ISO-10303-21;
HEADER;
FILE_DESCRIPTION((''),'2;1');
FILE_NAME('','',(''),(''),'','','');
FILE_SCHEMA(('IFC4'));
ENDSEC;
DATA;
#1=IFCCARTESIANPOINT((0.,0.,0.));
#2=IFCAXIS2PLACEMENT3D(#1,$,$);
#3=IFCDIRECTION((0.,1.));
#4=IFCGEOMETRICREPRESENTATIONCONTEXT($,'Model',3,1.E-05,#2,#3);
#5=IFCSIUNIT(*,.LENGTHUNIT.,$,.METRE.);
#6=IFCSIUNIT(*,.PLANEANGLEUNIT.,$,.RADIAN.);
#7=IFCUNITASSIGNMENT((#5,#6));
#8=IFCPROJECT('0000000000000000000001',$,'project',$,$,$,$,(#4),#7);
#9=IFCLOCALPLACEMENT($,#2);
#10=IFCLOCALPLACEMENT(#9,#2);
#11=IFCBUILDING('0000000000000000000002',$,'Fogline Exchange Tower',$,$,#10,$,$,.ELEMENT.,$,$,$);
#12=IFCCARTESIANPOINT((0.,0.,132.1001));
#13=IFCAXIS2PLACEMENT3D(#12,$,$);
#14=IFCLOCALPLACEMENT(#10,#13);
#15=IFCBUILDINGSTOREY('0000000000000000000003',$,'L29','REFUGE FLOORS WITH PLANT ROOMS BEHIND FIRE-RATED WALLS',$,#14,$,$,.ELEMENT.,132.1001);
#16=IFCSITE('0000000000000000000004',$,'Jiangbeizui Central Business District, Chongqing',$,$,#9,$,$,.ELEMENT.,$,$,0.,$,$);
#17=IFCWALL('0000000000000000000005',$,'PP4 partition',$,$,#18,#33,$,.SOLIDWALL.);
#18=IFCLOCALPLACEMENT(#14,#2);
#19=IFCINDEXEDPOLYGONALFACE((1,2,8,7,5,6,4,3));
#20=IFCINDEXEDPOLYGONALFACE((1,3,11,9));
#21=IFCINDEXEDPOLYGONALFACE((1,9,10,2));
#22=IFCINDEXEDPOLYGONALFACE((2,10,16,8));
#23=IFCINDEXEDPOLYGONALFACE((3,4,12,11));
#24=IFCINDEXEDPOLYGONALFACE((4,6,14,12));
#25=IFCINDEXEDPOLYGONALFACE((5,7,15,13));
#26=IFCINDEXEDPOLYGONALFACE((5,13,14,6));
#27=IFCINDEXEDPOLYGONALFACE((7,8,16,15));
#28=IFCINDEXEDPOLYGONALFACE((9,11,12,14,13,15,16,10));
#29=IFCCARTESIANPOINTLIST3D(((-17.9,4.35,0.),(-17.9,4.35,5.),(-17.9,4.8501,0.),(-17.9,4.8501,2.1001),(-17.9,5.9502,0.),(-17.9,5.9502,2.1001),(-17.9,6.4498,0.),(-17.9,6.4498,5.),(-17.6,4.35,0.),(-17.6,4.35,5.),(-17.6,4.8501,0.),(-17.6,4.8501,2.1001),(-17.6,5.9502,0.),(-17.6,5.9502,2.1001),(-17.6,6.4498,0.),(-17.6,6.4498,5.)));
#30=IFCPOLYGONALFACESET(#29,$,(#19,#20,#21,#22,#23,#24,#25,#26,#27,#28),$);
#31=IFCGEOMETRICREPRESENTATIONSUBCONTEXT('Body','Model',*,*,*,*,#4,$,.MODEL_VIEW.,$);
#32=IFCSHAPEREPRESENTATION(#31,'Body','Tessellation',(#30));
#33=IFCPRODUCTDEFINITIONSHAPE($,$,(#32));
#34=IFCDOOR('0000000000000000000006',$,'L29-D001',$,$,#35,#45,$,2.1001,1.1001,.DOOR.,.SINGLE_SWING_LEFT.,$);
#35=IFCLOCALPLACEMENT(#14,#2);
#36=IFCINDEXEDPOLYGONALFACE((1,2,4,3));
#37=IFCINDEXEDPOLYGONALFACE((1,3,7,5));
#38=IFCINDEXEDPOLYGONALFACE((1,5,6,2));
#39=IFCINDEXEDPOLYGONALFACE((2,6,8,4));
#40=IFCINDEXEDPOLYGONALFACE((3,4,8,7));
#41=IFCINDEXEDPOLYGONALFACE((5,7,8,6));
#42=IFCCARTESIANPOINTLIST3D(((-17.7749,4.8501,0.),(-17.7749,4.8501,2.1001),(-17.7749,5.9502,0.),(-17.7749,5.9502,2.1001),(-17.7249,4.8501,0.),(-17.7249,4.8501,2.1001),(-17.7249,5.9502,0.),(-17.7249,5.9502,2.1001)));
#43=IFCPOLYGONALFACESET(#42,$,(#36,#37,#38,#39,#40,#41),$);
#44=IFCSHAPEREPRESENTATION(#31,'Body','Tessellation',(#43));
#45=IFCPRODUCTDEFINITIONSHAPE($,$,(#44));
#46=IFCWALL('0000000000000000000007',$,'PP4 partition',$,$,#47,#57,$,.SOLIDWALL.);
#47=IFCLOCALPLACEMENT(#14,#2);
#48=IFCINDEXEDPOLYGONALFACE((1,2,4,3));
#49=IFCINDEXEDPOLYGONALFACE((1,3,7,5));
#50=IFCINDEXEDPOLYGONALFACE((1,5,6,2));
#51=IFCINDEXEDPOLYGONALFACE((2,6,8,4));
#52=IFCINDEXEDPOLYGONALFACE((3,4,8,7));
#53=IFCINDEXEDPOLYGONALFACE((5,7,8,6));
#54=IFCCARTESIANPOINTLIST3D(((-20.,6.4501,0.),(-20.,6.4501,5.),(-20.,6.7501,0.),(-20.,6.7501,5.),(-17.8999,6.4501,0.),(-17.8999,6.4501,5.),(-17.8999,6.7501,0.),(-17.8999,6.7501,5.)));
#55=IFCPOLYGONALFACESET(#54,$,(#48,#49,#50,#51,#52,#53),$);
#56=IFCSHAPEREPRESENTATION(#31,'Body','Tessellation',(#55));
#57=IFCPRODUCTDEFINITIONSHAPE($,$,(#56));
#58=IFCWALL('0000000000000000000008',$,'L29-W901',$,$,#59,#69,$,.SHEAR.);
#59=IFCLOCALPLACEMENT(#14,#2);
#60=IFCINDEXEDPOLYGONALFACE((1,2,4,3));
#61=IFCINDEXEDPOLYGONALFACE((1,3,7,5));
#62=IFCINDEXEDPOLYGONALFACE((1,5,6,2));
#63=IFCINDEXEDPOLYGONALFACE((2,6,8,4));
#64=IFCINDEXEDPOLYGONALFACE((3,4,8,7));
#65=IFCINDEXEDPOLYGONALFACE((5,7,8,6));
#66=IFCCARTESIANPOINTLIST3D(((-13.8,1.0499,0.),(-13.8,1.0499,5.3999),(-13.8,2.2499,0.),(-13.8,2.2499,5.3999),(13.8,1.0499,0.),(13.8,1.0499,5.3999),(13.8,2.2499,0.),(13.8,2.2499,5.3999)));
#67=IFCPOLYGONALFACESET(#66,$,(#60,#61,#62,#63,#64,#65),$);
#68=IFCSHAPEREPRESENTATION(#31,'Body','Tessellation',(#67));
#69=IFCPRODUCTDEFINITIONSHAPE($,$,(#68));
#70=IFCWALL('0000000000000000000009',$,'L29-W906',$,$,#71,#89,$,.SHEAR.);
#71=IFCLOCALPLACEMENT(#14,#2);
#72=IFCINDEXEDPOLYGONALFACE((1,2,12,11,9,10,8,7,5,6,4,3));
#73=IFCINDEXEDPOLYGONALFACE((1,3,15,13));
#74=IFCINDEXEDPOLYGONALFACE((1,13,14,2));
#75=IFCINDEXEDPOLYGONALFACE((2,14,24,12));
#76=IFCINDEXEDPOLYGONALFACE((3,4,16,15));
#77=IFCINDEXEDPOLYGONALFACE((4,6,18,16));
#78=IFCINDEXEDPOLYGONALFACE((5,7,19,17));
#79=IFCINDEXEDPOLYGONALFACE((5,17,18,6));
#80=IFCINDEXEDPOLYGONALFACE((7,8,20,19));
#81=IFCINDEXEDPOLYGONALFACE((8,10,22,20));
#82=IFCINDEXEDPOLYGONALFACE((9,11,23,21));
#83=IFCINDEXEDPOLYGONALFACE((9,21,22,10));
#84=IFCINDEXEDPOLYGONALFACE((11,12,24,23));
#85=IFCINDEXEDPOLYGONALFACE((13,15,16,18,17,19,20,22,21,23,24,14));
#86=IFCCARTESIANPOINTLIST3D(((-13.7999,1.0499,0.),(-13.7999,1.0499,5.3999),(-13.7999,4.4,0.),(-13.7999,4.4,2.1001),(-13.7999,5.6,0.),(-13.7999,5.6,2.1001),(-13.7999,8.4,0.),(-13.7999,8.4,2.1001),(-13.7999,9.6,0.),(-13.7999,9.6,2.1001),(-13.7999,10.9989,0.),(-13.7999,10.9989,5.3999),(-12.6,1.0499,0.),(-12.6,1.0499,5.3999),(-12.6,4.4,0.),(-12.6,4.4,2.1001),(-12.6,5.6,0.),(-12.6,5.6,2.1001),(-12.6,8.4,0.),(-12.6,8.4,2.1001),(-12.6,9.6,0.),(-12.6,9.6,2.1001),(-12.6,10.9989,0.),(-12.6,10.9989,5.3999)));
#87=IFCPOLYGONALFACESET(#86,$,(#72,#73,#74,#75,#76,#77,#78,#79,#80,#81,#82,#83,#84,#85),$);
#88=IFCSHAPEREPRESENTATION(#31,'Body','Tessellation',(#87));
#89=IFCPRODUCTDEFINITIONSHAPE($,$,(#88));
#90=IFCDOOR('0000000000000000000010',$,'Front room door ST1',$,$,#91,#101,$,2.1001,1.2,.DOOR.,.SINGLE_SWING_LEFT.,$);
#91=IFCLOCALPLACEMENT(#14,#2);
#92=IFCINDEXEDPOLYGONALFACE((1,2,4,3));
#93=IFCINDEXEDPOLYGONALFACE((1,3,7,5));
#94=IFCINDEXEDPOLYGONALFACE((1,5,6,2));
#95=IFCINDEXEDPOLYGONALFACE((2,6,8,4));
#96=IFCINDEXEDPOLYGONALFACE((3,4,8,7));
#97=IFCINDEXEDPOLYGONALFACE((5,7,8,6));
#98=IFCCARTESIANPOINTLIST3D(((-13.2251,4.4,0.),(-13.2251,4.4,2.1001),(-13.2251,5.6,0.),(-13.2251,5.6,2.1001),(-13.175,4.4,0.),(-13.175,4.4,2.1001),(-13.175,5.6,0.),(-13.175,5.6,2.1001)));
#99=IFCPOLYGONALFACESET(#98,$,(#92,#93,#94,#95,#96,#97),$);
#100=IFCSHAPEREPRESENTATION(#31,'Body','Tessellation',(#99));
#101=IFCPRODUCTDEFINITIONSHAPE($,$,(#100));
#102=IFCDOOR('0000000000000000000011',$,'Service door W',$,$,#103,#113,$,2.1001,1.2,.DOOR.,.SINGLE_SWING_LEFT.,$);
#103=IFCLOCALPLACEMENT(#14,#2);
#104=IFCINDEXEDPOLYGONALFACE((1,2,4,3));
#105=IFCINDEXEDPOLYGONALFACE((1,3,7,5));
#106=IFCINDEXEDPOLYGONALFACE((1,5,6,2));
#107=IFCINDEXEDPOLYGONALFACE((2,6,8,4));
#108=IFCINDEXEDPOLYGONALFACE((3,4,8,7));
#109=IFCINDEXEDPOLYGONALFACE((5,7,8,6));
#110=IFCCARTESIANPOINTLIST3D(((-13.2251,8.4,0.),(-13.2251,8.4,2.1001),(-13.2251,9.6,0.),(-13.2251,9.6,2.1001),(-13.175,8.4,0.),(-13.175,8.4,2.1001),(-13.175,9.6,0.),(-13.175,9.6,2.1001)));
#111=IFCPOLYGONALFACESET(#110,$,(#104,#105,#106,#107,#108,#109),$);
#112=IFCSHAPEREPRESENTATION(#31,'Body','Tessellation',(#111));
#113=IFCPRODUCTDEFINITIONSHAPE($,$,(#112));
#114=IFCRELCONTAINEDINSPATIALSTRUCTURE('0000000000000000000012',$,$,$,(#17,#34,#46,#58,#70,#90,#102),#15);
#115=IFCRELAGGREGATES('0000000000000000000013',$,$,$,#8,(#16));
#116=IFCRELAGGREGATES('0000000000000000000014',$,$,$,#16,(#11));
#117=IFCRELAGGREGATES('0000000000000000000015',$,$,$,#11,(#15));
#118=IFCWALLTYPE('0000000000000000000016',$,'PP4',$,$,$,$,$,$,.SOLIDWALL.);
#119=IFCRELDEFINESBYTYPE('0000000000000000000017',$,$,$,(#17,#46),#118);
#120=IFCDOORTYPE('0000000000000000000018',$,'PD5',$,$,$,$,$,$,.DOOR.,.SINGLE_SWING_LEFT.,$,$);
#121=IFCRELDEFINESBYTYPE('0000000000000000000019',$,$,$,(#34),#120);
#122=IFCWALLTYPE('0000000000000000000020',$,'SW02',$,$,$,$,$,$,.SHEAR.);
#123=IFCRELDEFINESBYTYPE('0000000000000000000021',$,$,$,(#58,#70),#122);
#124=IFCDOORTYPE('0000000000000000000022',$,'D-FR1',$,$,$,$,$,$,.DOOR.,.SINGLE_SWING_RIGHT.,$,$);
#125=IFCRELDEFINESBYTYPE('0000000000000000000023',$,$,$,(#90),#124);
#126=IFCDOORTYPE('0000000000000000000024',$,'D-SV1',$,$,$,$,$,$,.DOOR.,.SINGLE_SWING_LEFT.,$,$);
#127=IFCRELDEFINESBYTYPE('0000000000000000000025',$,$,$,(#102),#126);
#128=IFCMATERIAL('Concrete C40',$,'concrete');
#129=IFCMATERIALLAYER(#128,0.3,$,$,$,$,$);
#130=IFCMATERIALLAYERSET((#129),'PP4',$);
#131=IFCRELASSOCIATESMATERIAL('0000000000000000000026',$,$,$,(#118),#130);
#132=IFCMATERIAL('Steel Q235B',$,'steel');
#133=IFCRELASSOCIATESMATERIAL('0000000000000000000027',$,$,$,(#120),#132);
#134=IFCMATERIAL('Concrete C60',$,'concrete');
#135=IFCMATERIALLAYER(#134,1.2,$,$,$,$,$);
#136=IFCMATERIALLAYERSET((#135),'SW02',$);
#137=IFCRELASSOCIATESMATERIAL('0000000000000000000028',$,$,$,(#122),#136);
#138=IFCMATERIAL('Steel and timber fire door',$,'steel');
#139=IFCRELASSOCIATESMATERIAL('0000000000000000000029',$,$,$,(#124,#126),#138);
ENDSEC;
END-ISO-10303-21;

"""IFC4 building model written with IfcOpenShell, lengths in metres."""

from ifc_helpers import new_model, si_unit, direction, frame, frame_2d, origin, place, context, subcontext, project, spatial, rectangle, extrude, material, layer, layer_set, type_object, element, fill, save


model = new_model("IFC4")

# Units and contexts
model_context = context("Model", 3, precision=1e-05, world=origin(), true_north=direction((0.0, 1.0)))
body_context = subcontext(model_context, "Body", "Model", "MODEL_VIEW")
ifc_project = project(units=[si_unit("LENGTHUNIT", "METRE"), si_unit("PLANEANGLEUNIT", "RADIAN")], contexts=[model_context])

# Site, building, storey
site_placement = place(None, origin())
site = spatial("IfcSite", under=ifc_project, at=site_placement, Name="Jiangbeizui Central Business District, Chongqing", CompositionType="ELEMENT", RefElevation=0.0)
building_placement = place(site_placement, origin())
building = spatial("IfcBuilding", under=site, at=building_placement, Name="Fogline Exchange Tower", CompositionType="ELEMENT")
storey_placement = place(building_placement, frame((0.0, 0.0, 132.1001)))
storey = spatial("IfcBuildingStorey", under=building, at=storey_placement, Name="L29", Description="REFUGE FLOORS WITH PLANT ROOMS BEHIND FIRE-RATED WALLS", CompositionType="ELEMENT", Elevation=132.1001)

# Shared definitions
ifc_material_1 = material(Name="Concrete C40", Category="concrete")

# Shared definitions
ifc_layer_1 = layer(ifc_material_1, 0.3)
ifc_layer_set_1 = layer_set([ifc_layer_1], Name="PP4")
wall_type_1 = type_object("IfcWallType", Name="PP4", PredefinedType="SOLIDWALL", material=ifc_layer_set_1)

# Shared definitions
ifc_material_2 = material(Name="Steel Q235B", Category="steel")

# Wall, opening, door
wall_1_placement = place(storey_placement, frame((-17.75, 4.3501, 0.0), z_axis=(0.0, 0.0, 1.0), x_axis=(0.0, 1.0, 0.0)))
wall_1 = element("IfcWall", 1, at=wall_1_placement, inside=storey, type_object=wall_type_1, Name="PP4 partition", PredefinedType="SOLIDWALL", context=body_context, shape_type="SweptSolid", body=[
    extrude(rectangle(XDim=2.0999, YDim=0.3, at=frame_2d((1.0498, 0.0))), origin(), (0.0, 0.0, 1.0), 5.0),
])
opening_1_placement = place(wall_1_placement, frame((0.5, 0.0, 0.0)))
opening_1 = element("IfcOpeningElement", 2, at=opening_1_placement, cuts=wall_1, PredefinedType="OPENING", context=body_context, shape_type="SweptSolid", body=[
    extrude(rectangle(XDim=1.1001, YDim=2.1001, at=frame_2d((0.55, 1.05))), frame((0.0, 0.1602, 0.0), z_axis=(0.0, -1.0, 0.0), x_axis=(1.0, 0.0, 0.0)), (0.0, 0.0, 1.0), 0.3201),
])
door_type_1 = type_object("IfcDoorType", Name="PD5", OperationType="SINGLE_SWING_LEFT", PredefinedType="DOOR", material=ifc_material_2)
door_1_placement = place(opening_1_placement, origin())
door_1 = element("IfcDoor", 3, at=door_1_placement, inside=storey, type_object=door_type_1, Name="L29-D001", OperationType="SINGLE_SWING_LEFT", OverallHeight=2.1001, OverallWidth=1.1001, PredefinedType="DOOR", context=body_context, shape_type="SweptSolid", body=[
    extrude(rectangle(XDim=1.1001, YDim=2.1001, at=frame_2d((0.55, 1.05))), frame((0.0, 0.0249, 0.0), z_axis=(0.0, -1.0, 0.0), x_axis=(1.0, 0.0, 0.0)), (0.0, 0.0, 1.0), 0.05),
])
fill(opening_1, door_1)

# Walls
wall_2_placement = place(storey_placement, frame((-20.0, 6.6001, 0.0), z_axis=(0.0, 0.0, 1.0), x_axis=(1.0, 0.0, 0.0)))
element("IfcWall", 4, at=wall_2_placement, inside=storey, type_object=wall_type_1, Name="PP4 partition", PredefinedType="SOLIDWALL", context=body_context, shape_type="SweptSolid", body=[
    extrude(rectangle(XDim=2.1001, YDim=0.3, at=frame_2d((1.05, 0.0))), origin(), (0.0, 0.0, 1.0), 5.0),
])
ifc_material_3 = material(Name="Concrete C60", Category="concrete")
ifc_layer_2 = layer(ifc_material_3, 1.2)
ifc_layer_set_2 = layer_set([ifc_layer_2], Name="SW02")
wall_type_2 = type_object("IfcWallType", Name="SW02", PredefinedType="SHEAR", material=ifc_layer_set_2)
wall_3_placement = place(storey_placement, frame((-13.8, 1.6499, 0.0), z_axis=(0.0, 0.0, 1.0), x_axis=(1.0, 0.0, 0.0)))
element("IfcWall", 5, at=wall_3_placement, inside=storey, type_object=wall_type_2, Name="L29-W901", PredefinedType="SHEAR", context=body_context, shape_type="SweptSolid", body=[
    extrude(rectangle(XDim=27.6001, YDim=1.2, at=frame_2d((13.8, 0.0))), origin(), (0.0, 0.0, 1.0), 5.3999),
])

# Wall, openings, doors
wall_4_placement = place(storey_placement, frame((-13.2, 10.999, 0.0), z_axis=(0.0, 0.0, 1.0), x_axis=(0.0, -1.0, 0.0)))
wall_4 = element("IfcWall", 6, at=wall_4_placement, inside=storey, type_object=wall_type_2, Name="L29-W906", PredefinedType="SHEAR", context=body_context, shape_type="SweptSolid", body=[
    extrude(rectangle(XDim=9.949, YDim=1.2, at=frame_2d((4.9746, 0.0))), origin(), (0.0, 0.0, 1.0), 5.3999),
])
opening_2_placement = place(wall_4_placement, frame((5.3989, 0.0, 0.0)))
opening_2 = element("IfcOpeningElement", 7, at=opening_2_placement, cuts=wall_4, PredefinedType="OPENING", context=body_context, shape_type="SweptSolid", body=[
    extrude(rectangle(XDim=1.2, YDim=2.1001, at=frame_2d((0.6001, 1.05))), frame((0.0, 0.6099, 0.0), z_axis=(0.0, -1.0, 0.0), x_axis=(1.0, 0.0, 0.0)), (0.0, 0.0, 1.0), 1.22),
])
opening_3_placement = place(wall_4_placement, frame((1.3989, 0.0, 0.0)))
opening_3 = element("IfcOpeningElement", 8, at=opening_3_placement, cuts=wall_4, PredefinedType="OPENING", context=body_context, shape_type="SweptSolid", body=[
    extrude(rectangle(XDim=1.2, YDim=2.1001, at=frame_2d((0.6001, 1.05))), frame((0.0, 0.6099, 0.0), z_axis=(0.0, -1.0, 0.0), x_axis=(1.0, 0.0, 0.0)), (0.0, 0.0, 1.0), 1.22),
])
ifc_material_4 = material(Name="Steel and timber fire door", Category="steel")
door_type_2 = type_object("IfcDoorType", Name="D-FR1", OperationType="SINGLE_SWING_RIGHT", PredefinedType="DOOR", material=ifc_material_4)
door_2_placement = place(opening_2_placement, origin())
door_2 = element("IfcDoor", 9, at=door_2_placement, inside=storey, type_object=door_type_2, Name="Front room door ST1", OperationType="SINGLE_SWING_LEFT", OverallHeight=2.1001, OverallWidth=1.2, PredefinedType="DOOR", context=body_context, shape_type="SweptSolid", body=[
    extrude(rectangle(XDim=1.2, YDim=2.1001, at=frame_2d((0.6001, 1.05))), frame((0.0, 0.0249, 0.0), z_axis=(0.0, -1.0, 0.0), x_axis=(1.0, 0.0, 0.0)), (0.0, 0.0, 1.0), 0.05),
])
fill(opening_2, door_2)
door_type_3 = type_object("IfcDoorType", Name="D-SV1", OperationType="SINGLE_SWING_LEFT", PredefinedType="DOOR", material=ifc_material_4)
door_3_placement = place(opening_3_placement, origin())
door_3 = element("IfcDoor", 10, at=door_3_placement, inside=storey, type_object=door_type_3, Name="Service door W", OperationType="SINGLE_SWING_LEFT", OverallHeight=2.1001, OverallWidth=1.2, PredefinedType="DOOR", context=body_context, shape_type="SweptSolid", body=[
    extrude(rectangle(XDim=1.2, YDim=2.1001, at=frame_2d((0.6001, 1.05))), frame((0.0, 0.0249, 0.0), z_axis=(0.0, -1.0, 0.0), x_axis=(1.0, 0.0, 0.0)), (0.0, 0.0, 1.0), 0.05),
])
fill(opening_3, door_3)

save(model, "model.ifc")
